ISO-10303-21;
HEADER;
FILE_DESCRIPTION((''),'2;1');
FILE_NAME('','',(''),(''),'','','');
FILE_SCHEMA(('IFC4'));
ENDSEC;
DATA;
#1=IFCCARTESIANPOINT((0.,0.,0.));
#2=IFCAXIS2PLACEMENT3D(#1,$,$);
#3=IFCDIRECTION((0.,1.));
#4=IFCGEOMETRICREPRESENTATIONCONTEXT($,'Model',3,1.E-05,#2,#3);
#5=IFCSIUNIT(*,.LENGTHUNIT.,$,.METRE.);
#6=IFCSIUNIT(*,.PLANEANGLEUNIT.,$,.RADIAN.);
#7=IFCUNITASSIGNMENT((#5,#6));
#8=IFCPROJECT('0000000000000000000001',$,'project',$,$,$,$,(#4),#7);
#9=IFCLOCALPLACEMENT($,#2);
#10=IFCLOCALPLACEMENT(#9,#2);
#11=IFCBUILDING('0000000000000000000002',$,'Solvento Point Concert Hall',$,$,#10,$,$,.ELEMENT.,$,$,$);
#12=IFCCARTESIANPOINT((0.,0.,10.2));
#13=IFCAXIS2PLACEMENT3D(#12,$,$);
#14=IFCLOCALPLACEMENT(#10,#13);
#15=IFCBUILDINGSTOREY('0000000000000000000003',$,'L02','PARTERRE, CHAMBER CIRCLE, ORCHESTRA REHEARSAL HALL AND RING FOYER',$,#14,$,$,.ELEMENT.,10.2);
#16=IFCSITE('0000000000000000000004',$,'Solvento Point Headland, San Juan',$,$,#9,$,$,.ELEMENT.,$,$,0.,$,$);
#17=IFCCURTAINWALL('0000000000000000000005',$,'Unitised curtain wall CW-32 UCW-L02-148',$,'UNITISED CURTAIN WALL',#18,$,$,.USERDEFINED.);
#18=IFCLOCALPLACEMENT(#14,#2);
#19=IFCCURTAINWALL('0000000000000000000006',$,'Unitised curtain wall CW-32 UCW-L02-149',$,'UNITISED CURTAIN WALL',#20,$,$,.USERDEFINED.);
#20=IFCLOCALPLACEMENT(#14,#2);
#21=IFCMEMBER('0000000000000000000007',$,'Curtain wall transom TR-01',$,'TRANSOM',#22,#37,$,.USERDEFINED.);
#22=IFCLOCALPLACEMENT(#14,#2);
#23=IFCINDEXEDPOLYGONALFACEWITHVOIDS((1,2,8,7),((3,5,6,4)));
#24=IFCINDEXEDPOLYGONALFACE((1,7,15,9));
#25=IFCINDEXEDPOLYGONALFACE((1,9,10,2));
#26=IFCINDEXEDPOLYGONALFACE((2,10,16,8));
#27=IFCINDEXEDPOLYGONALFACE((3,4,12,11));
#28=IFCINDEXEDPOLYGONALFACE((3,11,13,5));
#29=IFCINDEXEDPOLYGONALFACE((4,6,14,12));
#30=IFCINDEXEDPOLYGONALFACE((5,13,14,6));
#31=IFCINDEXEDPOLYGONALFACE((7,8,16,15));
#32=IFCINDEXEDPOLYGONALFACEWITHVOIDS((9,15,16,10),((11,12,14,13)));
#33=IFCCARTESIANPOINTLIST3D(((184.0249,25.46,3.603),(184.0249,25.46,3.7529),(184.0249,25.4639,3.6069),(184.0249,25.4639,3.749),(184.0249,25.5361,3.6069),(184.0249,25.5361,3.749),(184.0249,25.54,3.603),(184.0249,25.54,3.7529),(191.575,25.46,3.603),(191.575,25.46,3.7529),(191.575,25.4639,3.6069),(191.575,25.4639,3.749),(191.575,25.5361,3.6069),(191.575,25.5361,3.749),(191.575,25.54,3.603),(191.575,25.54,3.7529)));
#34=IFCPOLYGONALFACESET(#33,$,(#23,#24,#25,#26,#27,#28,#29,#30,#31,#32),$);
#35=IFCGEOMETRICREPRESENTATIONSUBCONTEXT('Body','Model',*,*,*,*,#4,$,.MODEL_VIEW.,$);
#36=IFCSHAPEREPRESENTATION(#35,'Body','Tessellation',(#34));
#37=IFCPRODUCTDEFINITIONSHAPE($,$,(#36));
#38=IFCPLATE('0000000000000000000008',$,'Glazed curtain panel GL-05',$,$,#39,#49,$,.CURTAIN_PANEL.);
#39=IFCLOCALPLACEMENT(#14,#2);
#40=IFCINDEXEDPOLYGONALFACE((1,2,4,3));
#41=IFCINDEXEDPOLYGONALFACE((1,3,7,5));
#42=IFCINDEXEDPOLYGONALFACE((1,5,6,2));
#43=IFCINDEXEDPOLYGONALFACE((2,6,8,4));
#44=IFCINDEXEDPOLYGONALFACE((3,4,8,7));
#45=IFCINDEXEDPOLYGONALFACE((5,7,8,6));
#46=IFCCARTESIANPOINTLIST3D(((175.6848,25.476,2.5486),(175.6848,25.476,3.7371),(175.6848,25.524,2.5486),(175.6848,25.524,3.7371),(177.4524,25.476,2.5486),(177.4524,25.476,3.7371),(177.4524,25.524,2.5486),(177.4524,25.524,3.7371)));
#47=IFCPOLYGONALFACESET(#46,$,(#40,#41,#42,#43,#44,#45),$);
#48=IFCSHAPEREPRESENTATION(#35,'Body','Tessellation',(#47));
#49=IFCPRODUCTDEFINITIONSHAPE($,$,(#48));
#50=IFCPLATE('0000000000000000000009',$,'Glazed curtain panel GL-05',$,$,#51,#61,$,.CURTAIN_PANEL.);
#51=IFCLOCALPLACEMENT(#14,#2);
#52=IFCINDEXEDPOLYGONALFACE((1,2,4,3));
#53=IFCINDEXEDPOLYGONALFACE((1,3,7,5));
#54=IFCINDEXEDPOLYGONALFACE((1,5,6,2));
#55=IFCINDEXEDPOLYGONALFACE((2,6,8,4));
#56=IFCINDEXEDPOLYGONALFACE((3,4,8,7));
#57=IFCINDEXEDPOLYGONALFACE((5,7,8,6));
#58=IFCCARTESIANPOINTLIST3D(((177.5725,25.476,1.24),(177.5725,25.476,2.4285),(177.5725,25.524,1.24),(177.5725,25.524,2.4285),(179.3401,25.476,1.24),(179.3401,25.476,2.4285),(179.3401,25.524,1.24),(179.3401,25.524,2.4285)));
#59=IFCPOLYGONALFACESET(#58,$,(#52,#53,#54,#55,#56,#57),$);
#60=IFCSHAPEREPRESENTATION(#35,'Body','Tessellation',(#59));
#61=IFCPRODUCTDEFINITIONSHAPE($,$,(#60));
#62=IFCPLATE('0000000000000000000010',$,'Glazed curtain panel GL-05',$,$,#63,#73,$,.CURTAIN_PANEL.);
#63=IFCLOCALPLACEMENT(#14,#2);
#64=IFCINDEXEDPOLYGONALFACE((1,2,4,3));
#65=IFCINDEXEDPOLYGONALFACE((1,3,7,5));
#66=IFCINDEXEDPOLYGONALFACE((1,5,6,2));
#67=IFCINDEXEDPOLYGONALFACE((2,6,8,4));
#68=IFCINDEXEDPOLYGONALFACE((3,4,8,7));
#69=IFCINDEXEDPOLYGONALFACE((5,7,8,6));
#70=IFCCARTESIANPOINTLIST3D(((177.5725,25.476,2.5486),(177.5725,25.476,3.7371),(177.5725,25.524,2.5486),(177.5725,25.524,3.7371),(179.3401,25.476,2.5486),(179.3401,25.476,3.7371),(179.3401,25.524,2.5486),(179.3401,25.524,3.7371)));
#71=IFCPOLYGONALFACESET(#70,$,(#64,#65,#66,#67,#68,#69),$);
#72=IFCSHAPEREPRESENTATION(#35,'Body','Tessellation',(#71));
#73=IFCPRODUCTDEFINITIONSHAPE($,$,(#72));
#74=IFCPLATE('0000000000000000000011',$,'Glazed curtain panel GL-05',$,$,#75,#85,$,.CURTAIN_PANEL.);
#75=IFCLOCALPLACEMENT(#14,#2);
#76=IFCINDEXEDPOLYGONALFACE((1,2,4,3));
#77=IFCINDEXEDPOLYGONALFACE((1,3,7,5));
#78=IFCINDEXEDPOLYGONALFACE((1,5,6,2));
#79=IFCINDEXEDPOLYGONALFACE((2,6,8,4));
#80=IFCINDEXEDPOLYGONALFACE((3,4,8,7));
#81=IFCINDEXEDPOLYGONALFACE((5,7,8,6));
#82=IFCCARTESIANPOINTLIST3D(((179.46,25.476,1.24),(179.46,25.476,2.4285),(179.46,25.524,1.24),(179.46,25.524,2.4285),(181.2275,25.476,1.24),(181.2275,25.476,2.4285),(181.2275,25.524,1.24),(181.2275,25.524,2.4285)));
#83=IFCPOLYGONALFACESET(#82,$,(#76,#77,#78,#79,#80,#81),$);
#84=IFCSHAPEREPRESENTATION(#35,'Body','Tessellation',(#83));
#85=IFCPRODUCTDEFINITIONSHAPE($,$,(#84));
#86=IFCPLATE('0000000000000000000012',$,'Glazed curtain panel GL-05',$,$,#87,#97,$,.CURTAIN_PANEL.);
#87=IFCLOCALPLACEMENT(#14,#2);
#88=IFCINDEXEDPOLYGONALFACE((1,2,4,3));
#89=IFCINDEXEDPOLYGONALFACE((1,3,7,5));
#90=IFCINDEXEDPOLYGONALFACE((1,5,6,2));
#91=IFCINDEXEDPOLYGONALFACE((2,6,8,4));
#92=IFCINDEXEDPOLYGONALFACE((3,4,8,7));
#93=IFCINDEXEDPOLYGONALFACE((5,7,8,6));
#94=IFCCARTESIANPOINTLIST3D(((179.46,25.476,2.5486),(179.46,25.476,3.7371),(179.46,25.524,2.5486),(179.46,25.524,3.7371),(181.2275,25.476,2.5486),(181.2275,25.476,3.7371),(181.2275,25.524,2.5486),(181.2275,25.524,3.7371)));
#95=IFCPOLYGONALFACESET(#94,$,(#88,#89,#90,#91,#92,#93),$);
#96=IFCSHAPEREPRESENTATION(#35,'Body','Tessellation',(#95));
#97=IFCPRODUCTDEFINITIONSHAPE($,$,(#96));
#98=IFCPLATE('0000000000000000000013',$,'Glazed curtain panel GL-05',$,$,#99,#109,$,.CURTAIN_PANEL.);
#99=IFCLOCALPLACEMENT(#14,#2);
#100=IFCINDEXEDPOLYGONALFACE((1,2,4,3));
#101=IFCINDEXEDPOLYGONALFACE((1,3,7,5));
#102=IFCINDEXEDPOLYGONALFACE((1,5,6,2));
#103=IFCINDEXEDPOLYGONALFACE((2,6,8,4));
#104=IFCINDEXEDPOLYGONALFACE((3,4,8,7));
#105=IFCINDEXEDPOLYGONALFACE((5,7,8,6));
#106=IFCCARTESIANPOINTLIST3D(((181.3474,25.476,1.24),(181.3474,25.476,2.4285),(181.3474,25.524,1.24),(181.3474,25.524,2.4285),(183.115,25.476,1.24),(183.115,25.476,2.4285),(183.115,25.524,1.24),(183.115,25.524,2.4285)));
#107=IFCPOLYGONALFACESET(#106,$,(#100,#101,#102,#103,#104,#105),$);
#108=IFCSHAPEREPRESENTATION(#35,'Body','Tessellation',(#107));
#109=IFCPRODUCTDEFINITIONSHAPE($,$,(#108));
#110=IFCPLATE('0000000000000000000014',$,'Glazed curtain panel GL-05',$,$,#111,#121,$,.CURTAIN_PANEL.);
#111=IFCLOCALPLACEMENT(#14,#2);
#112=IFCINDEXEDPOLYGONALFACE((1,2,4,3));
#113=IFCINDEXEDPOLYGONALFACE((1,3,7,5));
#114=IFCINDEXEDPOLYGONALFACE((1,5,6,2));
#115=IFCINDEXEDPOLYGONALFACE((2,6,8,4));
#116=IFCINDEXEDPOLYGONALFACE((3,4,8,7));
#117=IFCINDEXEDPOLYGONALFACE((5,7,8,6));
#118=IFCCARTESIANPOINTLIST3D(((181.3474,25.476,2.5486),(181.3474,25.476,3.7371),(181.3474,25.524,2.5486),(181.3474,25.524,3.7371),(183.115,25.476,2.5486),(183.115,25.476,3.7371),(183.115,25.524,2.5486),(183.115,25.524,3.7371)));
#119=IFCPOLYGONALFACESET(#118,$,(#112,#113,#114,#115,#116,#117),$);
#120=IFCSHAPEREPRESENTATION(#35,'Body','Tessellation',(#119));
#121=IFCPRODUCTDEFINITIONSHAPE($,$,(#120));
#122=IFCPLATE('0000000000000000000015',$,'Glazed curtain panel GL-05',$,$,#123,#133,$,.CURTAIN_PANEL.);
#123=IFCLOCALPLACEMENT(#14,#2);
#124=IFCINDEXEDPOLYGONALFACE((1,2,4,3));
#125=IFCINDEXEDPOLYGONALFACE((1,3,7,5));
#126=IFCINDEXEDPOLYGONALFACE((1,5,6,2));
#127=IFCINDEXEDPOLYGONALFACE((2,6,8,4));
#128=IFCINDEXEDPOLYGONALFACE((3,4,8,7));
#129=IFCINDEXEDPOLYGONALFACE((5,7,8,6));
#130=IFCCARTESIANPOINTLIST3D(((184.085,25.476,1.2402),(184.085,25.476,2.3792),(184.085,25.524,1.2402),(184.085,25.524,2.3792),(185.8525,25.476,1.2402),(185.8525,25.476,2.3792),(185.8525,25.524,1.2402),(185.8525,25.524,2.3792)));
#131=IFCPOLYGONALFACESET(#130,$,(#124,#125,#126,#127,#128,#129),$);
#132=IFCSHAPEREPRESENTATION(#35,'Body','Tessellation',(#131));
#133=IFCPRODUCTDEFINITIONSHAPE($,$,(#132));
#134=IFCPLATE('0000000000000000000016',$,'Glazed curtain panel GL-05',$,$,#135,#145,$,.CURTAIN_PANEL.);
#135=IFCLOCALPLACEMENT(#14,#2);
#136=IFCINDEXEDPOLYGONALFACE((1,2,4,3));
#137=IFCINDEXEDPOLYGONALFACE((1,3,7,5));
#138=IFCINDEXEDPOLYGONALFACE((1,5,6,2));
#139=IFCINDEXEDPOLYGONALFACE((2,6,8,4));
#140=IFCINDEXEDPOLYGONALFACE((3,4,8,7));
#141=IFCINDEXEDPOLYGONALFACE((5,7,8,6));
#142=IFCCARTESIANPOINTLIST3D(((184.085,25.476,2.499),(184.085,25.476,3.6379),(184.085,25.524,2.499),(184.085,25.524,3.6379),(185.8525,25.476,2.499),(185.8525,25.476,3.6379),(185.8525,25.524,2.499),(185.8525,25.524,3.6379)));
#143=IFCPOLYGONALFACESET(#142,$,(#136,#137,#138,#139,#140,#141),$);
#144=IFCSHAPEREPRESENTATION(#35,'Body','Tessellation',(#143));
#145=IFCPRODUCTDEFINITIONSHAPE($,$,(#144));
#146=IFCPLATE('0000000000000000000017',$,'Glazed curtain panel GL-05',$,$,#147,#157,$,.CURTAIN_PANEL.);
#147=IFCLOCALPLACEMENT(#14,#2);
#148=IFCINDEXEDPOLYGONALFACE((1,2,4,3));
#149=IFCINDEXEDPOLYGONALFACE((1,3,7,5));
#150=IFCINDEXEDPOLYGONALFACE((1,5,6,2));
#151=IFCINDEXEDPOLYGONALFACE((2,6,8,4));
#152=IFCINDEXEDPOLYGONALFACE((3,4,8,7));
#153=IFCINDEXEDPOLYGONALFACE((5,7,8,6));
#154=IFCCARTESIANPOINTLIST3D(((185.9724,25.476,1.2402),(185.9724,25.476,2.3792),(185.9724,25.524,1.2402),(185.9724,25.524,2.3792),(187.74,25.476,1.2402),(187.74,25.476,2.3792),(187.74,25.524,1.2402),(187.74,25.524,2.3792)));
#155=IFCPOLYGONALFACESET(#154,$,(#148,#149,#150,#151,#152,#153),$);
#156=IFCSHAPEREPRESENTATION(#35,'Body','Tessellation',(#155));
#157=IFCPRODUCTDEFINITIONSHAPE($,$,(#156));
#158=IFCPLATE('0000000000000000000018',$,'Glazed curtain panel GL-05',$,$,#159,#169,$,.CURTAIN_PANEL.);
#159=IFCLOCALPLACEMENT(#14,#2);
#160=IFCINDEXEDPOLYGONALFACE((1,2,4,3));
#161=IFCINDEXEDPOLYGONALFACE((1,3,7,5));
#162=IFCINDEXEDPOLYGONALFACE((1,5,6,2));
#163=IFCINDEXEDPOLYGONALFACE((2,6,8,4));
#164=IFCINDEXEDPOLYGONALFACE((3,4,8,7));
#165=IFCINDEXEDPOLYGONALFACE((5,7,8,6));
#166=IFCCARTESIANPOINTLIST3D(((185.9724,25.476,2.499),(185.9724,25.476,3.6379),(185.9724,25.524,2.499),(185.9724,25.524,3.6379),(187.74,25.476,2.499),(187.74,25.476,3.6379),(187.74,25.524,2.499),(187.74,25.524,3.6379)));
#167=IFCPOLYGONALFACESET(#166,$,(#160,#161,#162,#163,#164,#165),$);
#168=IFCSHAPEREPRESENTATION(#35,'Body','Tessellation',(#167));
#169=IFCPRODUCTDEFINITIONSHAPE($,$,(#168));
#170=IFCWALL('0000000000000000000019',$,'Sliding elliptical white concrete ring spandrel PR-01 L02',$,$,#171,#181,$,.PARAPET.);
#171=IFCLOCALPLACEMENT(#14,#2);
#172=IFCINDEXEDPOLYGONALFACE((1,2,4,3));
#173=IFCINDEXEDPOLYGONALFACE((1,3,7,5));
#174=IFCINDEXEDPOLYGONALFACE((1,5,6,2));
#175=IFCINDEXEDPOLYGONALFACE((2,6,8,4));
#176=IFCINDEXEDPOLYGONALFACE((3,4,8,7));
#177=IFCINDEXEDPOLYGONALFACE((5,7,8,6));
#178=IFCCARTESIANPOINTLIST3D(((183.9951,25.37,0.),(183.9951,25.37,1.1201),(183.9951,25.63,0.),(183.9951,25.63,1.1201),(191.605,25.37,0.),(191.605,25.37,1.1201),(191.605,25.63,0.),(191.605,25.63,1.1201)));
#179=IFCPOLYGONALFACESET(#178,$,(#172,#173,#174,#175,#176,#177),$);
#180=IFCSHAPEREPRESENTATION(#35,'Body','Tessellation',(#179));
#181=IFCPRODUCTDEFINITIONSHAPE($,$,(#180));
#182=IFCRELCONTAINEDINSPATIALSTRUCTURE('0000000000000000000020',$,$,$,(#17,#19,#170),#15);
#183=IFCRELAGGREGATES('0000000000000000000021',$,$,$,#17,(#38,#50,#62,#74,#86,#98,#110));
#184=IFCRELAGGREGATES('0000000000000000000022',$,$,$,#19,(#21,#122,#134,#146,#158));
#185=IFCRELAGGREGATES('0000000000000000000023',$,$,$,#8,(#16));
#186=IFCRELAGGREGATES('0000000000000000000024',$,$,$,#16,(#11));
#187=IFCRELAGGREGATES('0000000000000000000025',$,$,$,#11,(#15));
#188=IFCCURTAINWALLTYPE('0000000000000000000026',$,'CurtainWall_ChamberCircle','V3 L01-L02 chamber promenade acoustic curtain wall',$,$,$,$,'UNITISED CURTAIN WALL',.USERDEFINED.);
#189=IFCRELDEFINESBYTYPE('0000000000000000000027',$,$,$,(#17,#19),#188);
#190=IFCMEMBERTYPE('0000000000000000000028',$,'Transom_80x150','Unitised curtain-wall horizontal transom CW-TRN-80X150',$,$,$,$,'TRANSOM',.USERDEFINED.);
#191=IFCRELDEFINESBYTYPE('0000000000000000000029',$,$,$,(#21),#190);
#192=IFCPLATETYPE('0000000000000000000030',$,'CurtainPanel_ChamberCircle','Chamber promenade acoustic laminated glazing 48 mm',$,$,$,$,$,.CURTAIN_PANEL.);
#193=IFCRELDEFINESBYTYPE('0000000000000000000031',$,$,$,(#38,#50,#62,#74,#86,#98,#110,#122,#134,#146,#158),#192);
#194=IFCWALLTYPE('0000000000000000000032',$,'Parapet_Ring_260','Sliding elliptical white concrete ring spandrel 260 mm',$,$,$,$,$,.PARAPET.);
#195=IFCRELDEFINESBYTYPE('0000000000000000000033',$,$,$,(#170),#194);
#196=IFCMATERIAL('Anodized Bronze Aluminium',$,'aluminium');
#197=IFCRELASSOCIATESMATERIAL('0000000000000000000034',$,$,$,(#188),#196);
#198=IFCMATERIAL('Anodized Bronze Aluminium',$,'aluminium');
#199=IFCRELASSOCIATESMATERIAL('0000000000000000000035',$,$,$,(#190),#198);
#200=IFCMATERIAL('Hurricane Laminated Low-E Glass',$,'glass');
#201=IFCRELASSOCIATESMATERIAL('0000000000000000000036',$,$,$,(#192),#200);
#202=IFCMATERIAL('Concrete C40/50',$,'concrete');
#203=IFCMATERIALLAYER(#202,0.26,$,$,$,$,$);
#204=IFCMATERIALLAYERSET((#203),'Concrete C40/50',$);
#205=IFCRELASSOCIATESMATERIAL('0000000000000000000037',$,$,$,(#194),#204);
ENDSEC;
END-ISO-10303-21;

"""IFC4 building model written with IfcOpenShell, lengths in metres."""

from ifc_helpers import new_model, si_unit, direction, frame, frame_2d, origin, origin_2d, place, context, subcontext, project, spatial, rectangle, hollow_rectangle, extrude, material, layer, layer_set, material_profile, profile_set, type_object, element, aggregate, save


model = new_model("IFC4")

# Units and contexts
model_context = context("Model", 3, precision=1e-05, world=origin(), true_north=direction((0.0, 1.0)))
body_context = subcontext(model_context, "Body", "Model", "MODEL_VIEW")
ifc_project = project(units=[si_unit("LENGTHUNIT", "METRE"), si_unit("PLANEANGLEUNIT", "RADIAN")], contexts=[model_context])

# Site, building, storey
site_placement = place(None, origin())
site = spatial("IfcSite", under=ifc_project, at=site_placement, Name="Solvento Point Headland, San Juan", CompositionType="ELEMENT", RefElevation=0.0)
building_placement = place(site_placement, origin())
building = spatial("IfcBuilding", under=site, at=building_placement, Name="Solvento Point Concert Hall", CompositionType="ELEMENT")
storey_placement = place(building_placement, frame((0.0, 0.0, 10.2)))
storey = spatial("IfcBuildingStorey", under=building, at=storey_placement, Name="L02", Description="PARTERRE, CHAMBER CIRCLE, ORCHESTRA REHEARSAL HALL AND RING FOYER", CompositionType="ELEMENT", Elevation=10.2)

# Curtain walls, member
ifc_material_1 = material(Name="Anodized Bronze Aluminium", Category="aluminium")
curtain_wall_type = type_object("IfcCurtainWallType", Name="CurtainWall_ChamberCircle", Description="V3 L01-L02 chamber promenade acoustic curtain wall", ElementType="UNITISED CURTAIN WALL", PredefinedType="USERDEFINED", material=ifc_material_1)
curtain_wall_1_placement = place(storey_placement, origin())
curtain_wall_1 = element("IfcCurtainWall", 1, at=curtain_wall_1_placement, inside=storey, type_object=curtain_wall_type, Name="Unitised curtain wall CW-32 UCW-L02-148", ObjectType="UNITISED CURTAIN WALL", PredefinedType="USERDEFINED")
curtain_wall_2_placement = place(storey_placement, origin())
curtain_wall_2 = element("IfcCurtainWall", 2, at=curtain_wall_2_placement, inside=storey, type_object=curtain_wall_type, Name="Unitised curtain wall CW-32 UCW-L02-149", ObjectType="UNITISED CURTAIN WALL", PredefinedType="USERDEFINED")
ifc_material_2 = material(Name="Anodized Bronze Aluminium", Category="aluminium")
ifc_material_profile_1 = material_profile(ifc_material_2, hollow_rectangle(XDim=0.0801, YDim=0.1499, WallThickness=0.0039, at=origin_2d()), Name="CW-TRN-80X150")
ifc_profile_set_1 = profile_set([ifc_material_profile_1], Name="Anodized Bronze Aluminium")
member_type_1 = type_object("IfcMemberType", Name="Transom_80x150", Description="Unitised curtain-wall horizontal transom CW-TRN-80X150", ElementType="TRANSOM", PredefinedType="USERDEFINED", material=ifc_profile_set_1)
member_1_placement = place(storey_placement, frame((184.0249, 25.5, 3.678), z_axis=(1.0, 0.0, 0.0), x_axis=(0.0, 1.0, 0.0)))
member_1 = element("IfcMember", 3, at=member_1_placement, type_object=member_type_1, Name="Curtain wall transom TR-01", ObjectType="TRANSOM", PredefinedType="USERDEFINED", context=body_context, shape_type="SweptSolid", body=[
    extrude(hollow_rectangle(XDim=0.0801, YDim=0.1499, WallThickness=0.0039, at=origin_2d()), origin(), (0.0, 0.0, 1.0), 7.55),
])

# Plates
ifc_material_3 = material(Name="Hurricane Laminated Low-E Glass", Category="glass")
plate_type = type_object("IfcPlateType", Name="CurtainPanel_ChamberCircle", Description="Chamber promenade acoustic laminated glazing 48 mm", PredefinedType="CURTAIN_PANEL", material=ifc_material_3)
plate_1_placement = place(storey_placement, frame((176.5686, 25.5, 2.5486), z_axis=(0.0, 0.0, 1.0), x_axis=(1.0, 0.0, 0.0)))
plate_1 = element("IfcPlate", 4, at=plate_1_placement, type_object=plate_type, Name="Glazed curtain panel GL-05", PredefinedType="CURTAIN_PANEL", context=body_context, shape_type="SweptSolid", body=[
    extrude(rectangle(XDim=1.7676, YDim=0.0481, at=origin_2d()), origin(), (0.0, 0.0, 1.0), 1.1885),
])
plate_2_placement = place(storey_placement, frame((178.4563, 25.5, 1.24), z_axis=(0.0, 0.0, 1.0), x_axis=(1.0, 0.0, 0.0)))
plate_2 = element("IfcPlate", 5, at=plate_2_placement, type_object=plate_type, Name="Glazed curtain panel GL-05", PredefinedType="CURTAIN_PANEL", context=body_context, shape_type="SweptSolid", body=[
    extrude(rectangle(XDim=1.7676, YDim=0.0481, at=origin_2d()), origin(), (0.0, 0.0, 1.0), 1.1885),
])
plate_3_placement = place(storey_placement, frame((178.4563, 25.5, 2.5486), z_axis=(0.0, 0.0, 1.0), x_axis=(1.0, 0.0, 0.0)))
plate_3 = element("IfcPlate", 6, at=plate_3_placement, type_object=plate_type, Name="Glazed curtain panel GL-05", PredefinedType="CURTAIN_PANEL", context=body_context, shape_type="SweptSolid", body=[
    extrude(rectangle(XDim=1.7676, YDim=0.0481, at=origin_2d()), origin(), (0.0, 0.0, 1.0), 1.1885),
])
plate_4_placement = place(storey_placement, frame((180.3438, 25.5, 1.24), z_axis=(0.0, 0.0, 1.0), x_axis=(1.0, 0.0, 0.0)))
plate_4 = element("IfcPlate", 7, at=plate_4_placement, type_object=plate_type, Name="Glazed curtain panel GL-05", PredefinedType="CURTAIN_PANEL", context=body_context, shape_type="SweptSolid", body=[
    extrude(rectangle(XDim=1.7676, YDim=0.0481, at=origin_2d()), origin(), (0.0, 0.0, 1.0), 1.1885),
])
plate_5_placement = place(storey_placement, frame((180.3438, 25.5, 2.5486), z_axis=(0.0, 0.0, 1.0), x_axis=(1.0, 0.0, 0.0)))
plate_5 = element("IfcPlate", 8, at=plate_5_placement, type_object=plate_type, Name="Glazed curtain panel GL-05", PredefinedType="CURTAIN_PANEL", context=body_context, shape_type="SweptSolid", body=[
    extrude(rectangle(XDim=1.7676, YDim=0.0481, at=origin_2d()), origin(), (0.0, 0.0, 1.0), 1.1885),
])
plate_6_placement = place(storey_placement, frame((182.2312, 25.5, 1.24), z_axis=(0.0, 0.0, 1.0), x_axis=(1.0, 0.0, 0.0)))
plate_6 = element("IfcPlate", 9, at=plate_6_placement, type_object=plate_type, Name="Glazed curtain panel GL-05", PredefinedType="CURTAIN_PANEL", context=body_context, shape_type="SweptSolid", body=[
    extrude(rectangle(XDim=1.7676, YDim=0.0481, at=origin_2d()), origin(), (0.0, 0.0, 1.0), 1.1885),
])
plate_7_placement = place(storey_placement, frame((182.2312, 25.5, 2.5486), z_axis=(0.0, 0.0, 1.0), x_axis=(1.0, 0.0, 0.0)))
plate_7 = element("IfcPlate", 10, at=plate_7_placement, type_object=plate_type, Name="Glazed curtain panel GL-05", PredefinedType="CURTAIN_PANEL", context=body_context, shape_type="SweptSolid", body=[
    extrude(rectangle(XDim=1.7676, YDim=0.0481, at=origin_2d()), origin(), (0.0, 0.0, 1.0), 1.1885),
])
aggregate(curtain_wall_1, [plate_1, plate_2, plate_3, plate_4, plate_5, plate_6, plate_7])
plate_8_placement = place(storey_placement, frame((184.9688, 25.5, 1.2402), z_axis=(0.0, 0.0, 1.0), x_axis=(1.0, 0.0, 0.0)))
plate_8 = element("IfcPlate", 11, at=plate_8_placement, type_object=plate_type, Name="Glazed curtain panel GL-05", PredefinedType="CURTAIN_PANEL", context=body_context, shape_type="SweptSolid", body=[
    extrude(rectangle(XDim=1.7676, YDim=0.0481, at=origin_2d()), origin(), (0.0, 0.0, 1.0), 1.1389),
])
plate_9_placement = place(storey_placement, frame((184.9688, 25.5, 2.499), z_axis=(0.0, 0.0, 1.0), x_axis=(1.0, 0.0, 0.0)))
plate_9 = element("IfcPlate", 12, at=plate_9_placement, type_object=plate_type, Name="Glazed curtain panel GL-05", PredefinedType="CURTAIN_PANEL", context=body_context, shape_type="SweptSolid", body=[
    extrude(rectangle(XDim=1.7676, YDim=0.0481, at=origin_2d()), origin(), (0.0, 0.0, 1.0), 1.1389),
])
plate_10_placement = place(storey_placement, frame((186.8562, 25.5, 1.2402), z_axis=(0.0, 0.0, 1.0), x_axis=(1.0, 0.0, 0.0)))
plate_10 = element("IfcPlate", 13, at=plate_10_placement, type_object=plate_type, Name="Glazed curtain panel GL-05", PredefinedType="CURTAIN_PANEL", context=body_context, shape_type="SweptSolid", body=[
    extrude(rectangle(XDim=1.7676, YDim=0.0481, at=origin_2d()), origin(), (0.0, 0.0, 1.0), 1.1389),
])
plate_11_placement = place(storey_placement, frame((186.8562, 25.5, 2.499), z_axis=(0.0, 0.0, 1.0), x_axis=(1.0, 0.0, 0.0)))
plate_11 = element("IfcPlate", 14, at=plate_11_placement, type_object=plate_type, Name="Glazed curtain panel GL-05", PredefinedType="CURTAIN_PANEL", context=body_context, shape_type="SweptSolid", body=[
    extrude(rectangle(XDim=1.7676, YDim=0.0481, at=origin_2d()), origin(), (0.0, 0.0, 1.0), 1.1389),
])
aggregate(curtain_wall_2, [member_1, plate_8, plate_9, plate_10, plate_11])

# Wall
ifc_material_4 = material(Name="Concrete C40/50", Category="concrete")
ifc_layer = layer(ifc_material_4, 0.26)
ifc_layer_set = layer_set([ifc_layer], Name="Concrete C40/50")
wall_type = type_object("IfcWallType", Name="Parapet_Ring_260", Description="Sliding elliptical white concrete ring spandrel 260 mm", PredefinedType="PARAPET", material=ifc_layer_set)
wall_placement = place(storey_placement, frame((183.9951, 25.5, 0.0), z_axis=(0.0, 0.0, 1.0), x_axis=(1.0, 0.0, 0.0)))
element("IfcWall", 15, at=wall_placement, inside=storey, type_object=wall_type, Name="Sliding elliptical white concrete ring spandrel PR-01 L02", PredefinedType="PARAPET", context=body_context, shape_type="SweptSolid", body=[
    extrude(rectangle(XDim=7.6099, YDim=0.26, at=frame_2d((3.8049, 0.0))), origin(), (0.0, 0.0, 1.0), 1.1201),
])

save(model, "model.ifc")
